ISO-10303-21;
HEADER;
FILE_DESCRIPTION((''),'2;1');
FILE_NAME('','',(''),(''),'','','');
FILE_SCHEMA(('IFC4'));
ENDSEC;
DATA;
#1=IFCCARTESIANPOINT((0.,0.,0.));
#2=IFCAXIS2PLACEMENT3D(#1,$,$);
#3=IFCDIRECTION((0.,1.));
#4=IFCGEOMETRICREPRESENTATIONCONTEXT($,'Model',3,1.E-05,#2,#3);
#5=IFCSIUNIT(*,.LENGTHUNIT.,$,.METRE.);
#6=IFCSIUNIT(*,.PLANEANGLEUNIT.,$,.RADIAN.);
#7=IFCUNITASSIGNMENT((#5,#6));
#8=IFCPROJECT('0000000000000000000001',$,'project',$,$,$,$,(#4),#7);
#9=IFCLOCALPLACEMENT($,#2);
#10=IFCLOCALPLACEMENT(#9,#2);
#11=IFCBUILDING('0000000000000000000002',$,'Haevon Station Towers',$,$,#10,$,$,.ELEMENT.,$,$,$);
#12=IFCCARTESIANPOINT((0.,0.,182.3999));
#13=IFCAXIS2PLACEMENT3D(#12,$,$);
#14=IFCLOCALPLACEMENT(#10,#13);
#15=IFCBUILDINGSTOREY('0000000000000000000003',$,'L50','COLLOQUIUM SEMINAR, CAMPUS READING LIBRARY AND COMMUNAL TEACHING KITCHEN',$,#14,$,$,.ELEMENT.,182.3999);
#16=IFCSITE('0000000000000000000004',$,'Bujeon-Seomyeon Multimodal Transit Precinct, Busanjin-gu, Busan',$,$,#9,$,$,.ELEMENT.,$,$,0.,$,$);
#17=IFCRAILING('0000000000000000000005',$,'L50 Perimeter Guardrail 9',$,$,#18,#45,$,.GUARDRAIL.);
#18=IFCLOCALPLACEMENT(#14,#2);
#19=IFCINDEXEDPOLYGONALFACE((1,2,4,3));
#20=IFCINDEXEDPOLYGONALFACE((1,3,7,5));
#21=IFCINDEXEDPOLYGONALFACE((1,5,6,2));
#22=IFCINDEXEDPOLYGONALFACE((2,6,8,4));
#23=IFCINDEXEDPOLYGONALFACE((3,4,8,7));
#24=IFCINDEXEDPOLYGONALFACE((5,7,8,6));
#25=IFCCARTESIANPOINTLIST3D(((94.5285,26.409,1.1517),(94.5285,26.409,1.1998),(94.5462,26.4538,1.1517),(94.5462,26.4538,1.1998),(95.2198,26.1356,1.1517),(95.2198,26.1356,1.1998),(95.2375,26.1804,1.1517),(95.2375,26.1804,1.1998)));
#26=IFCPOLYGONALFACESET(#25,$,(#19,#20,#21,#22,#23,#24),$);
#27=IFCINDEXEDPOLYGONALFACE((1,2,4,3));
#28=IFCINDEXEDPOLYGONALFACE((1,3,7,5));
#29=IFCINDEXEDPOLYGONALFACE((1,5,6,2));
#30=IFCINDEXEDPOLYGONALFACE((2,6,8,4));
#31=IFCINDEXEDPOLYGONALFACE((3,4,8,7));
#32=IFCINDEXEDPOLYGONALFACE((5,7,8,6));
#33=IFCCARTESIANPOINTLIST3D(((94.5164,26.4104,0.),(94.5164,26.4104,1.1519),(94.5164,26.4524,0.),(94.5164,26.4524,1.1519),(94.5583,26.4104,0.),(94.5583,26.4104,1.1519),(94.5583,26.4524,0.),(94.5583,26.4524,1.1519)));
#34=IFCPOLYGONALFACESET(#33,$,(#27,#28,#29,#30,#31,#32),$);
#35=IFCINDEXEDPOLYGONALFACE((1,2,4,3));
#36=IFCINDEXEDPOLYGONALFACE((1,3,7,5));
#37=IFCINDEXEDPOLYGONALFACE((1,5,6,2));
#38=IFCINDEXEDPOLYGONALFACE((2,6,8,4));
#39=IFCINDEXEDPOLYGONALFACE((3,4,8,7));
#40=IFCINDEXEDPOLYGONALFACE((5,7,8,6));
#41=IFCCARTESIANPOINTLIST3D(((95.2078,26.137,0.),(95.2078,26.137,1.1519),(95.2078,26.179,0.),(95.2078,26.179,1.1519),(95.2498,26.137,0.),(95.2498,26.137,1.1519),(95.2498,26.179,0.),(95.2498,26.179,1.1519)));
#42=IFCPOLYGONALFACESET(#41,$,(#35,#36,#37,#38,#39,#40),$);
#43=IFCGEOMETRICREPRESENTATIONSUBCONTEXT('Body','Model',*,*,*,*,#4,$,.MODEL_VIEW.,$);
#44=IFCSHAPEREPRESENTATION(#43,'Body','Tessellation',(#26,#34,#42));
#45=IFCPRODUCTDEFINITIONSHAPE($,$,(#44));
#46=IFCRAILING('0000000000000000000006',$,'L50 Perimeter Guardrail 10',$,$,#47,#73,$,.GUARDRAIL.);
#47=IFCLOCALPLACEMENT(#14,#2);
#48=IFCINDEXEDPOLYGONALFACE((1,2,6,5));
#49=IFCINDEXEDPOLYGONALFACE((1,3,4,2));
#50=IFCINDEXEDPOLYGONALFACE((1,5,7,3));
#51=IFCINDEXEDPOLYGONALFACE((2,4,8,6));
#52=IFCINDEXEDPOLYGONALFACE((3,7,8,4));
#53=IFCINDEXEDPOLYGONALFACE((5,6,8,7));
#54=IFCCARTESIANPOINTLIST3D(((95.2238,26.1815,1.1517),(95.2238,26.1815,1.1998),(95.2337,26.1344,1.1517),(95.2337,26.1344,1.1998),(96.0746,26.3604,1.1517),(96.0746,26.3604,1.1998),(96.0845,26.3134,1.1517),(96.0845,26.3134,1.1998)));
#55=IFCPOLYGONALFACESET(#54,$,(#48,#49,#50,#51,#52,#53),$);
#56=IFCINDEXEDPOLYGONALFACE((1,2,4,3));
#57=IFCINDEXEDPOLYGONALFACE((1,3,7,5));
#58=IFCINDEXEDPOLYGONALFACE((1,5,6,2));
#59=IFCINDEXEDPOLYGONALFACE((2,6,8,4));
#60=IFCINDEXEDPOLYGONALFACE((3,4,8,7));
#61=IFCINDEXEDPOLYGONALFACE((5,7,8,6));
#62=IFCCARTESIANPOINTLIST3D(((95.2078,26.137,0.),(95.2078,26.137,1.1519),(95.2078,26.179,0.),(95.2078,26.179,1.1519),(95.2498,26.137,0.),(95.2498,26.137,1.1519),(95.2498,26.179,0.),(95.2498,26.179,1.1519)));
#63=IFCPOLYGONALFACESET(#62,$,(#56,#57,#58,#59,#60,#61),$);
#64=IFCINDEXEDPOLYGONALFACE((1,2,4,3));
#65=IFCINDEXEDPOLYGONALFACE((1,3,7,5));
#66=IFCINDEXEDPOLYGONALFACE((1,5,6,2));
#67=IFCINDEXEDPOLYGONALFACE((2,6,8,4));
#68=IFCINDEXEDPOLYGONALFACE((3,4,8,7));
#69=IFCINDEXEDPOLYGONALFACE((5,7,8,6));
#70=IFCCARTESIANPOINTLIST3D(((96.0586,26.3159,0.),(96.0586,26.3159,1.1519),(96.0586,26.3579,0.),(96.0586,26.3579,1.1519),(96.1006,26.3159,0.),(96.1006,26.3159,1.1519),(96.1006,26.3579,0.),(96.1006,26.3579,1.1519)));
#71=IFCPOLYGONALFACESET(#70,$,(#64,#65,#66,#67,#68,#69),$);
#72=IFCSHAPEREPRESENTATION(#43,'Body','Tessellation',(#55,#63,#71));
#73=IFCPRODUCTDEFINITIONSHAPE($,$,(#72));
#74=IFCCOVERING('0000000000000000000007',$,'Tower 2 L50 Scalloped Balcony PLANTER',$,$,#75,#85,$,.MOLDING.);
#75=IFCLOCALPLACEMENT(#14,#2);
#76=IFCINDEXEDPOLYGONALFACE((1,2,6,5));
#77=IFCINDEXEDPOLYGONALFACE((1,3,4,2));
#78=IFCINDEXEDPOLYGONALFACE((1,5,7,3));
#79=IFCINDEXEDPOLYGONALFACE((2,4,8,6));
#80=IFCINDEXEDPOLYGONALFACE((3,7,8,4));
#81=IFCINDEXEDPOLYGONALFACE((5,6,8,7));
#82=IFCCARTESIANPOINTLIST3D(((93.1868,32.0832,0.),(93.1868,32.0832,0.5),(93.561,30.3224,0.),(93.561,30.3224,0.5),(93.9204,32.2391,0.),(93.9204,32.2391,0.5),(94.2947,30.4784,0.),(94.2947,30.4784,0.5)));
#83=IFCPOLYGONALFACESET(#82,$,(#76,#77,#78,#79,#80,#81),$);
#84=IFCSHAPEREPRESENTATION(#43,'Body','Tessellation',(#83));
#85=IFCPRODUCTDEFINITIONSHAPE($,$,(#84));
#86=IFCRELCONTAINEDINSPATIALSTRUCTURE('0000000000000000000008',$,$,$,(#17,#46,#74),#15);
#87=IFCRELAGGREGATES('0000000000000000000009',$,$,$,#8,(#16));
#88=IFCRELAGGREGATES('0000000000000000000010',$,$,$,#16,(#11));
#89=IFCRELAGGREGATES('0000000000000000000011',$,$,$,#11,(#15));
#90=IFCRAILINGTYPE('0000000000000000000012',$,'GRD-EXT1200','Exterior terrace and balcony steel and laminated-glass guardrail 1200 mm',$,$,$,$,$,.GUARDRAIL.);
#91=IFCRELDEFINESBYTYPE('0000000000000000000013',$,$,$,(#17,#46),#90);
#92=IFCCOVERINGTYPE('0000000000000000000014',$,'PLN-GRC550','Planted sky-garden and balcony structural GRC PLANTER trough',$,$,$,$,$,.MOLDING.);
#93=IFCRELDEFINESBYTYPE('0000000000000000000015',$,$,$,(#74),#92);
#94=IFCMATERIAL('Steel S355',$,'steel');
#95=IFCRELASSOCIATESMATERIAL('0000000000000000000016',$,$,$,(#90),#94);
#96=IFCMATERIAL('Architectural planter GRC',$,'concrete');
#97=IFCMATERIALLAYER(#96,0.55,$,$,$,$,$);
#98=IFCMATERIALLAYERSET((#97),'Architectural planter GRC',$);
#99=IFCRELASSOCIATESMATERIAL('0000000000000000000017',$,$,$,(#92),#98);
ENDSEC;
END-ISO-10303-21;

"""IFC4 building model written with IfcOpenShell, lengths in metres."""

from ifc_helpers import new_model, si_unit, direction, frame, origin, origin_2d, place, context, subcontext, project, spatial, rectangle, extrude, material, layer, layer_set, type_object, element, save


model = new_model("IFC4")

# Units and contexts
model_context = context("Model", 3, precision=1e-05, world=origin(), true_north=direction((0.0, 1.0)))
body_context = subcontext(model_context, "Body", "Model", "MODEL_VIEW")
ifc_project = project(units=[si_unit("LENGTHUNIT", "METRE"), si_unit("PLANEANGLEUNIT", "RADIAN")], contexts=[model_context])

# Site, building, storey
site_placement = place(None, origin())
site = spatial("IfcSite", under=ifc_project, at=site_placement, Name="Bujeon-Seomyeon Multimodal Transit Precinct, Busanjin-gu, Busan", CompositionType="ELEMENT", RefElevation=0.0)
building_placement = place(site_placement, origin())
building = spatial("IfcBuilding", under=site, at=building_placement, Name="Haevon Station Towers", CompositionType="ELEMENT")
storey_placement = place(building_placement, frame((0.0, 0.0, 182.3999)))
storey = spatial("IfcBuildingStorey", under=building, at=storey_placement, Name="L50", Description="COLLOQUIUM SEMINAR, CAMPUS READING LIBRARY AND COMMUNAL TEACHING KITCHEN", CompositionType="ELEMENT", Elevation=182.3999)

# Shared definitions
ifc_material_1 = material(Name="Steel S355", Category="steel")

# Railings
railing_type = type_object("IfcRailingType", Name="GRD-EXT1200", Description="Exterior terrace and balcony steel and laminated-glass guardrail 1200 mm", PredefinedType="GUARDRAIL", material=ifc_material_1)
railing_1_placement = place(storey_placement, frame((94.5374, 26.4314, 0.0)))
element("IfcRailing", 1, at=railing_1_placement, inside=storey, type_object=railing_type, Name="L50 Perimeter Guardrail 9", PredefinedType="GUARDRAIL", context=body_context, shape_type="SweptSolid", body=[
    extrude(rectangle(XDim=0.0481, YDim=0.0481, at=origin_2d()), frame((0.0, 0.0, 1.1758), z_axis=(0.929919, -0.367765, 0.0), x_axis=(0.367765, 0.929919, 0.0)), (0.0, 0.0, 1.0), 0.7434),
    extrude(rectangle(XDim=0.042, YDim=0.042, at=origin_2d()), origin(), (0.0, 0.0, 1.0), 1.1519),
    extrude(rectangle(XDim=0.042, YDim=0.042, at=origin_2d()), frame((0.6914, -0.2734, 0.0)), (0.0, 0.0, 1.0), 1.1519),
])
railing_2_placement = place(storey_placement, frame((95.2288, 26.158, 0.0)))
element("IfcRailing", 2, at=railing_2_placement, inside=storey, type_object=railing_type, Name="L50 Perimeter Guardrail 10", PredefinedType="GUARDRAIL", context=body_context, shape_type="SweptSolid", body=[
    extrude(rectangle(XDim=0.0481, YDim=0.0481, at=origin_2d()), frame((0.0, 0.0, 1.1758), z_axis=(0.978588, 0.205827, 0.0), x_axis=(-0.205827, 0.978588, 0.0)), (0.0, 0.0, 1.0), 0.8694),
    extrude(rectangle(XDim=0.042, YDim=0.042, at=origin_2d()), origin(), (0.0, 0.0, 1.0), 1.1519),
    extrude(rectangle(XDim=0.042, YDim=0.042, at=origin_2d()), frame((0.8508, 0.179, 0.0)), (0.0, 0.0, 1.0), 1.1519),
])

# Covering
ifc_material_2 = material(Name="Architectural planter GRC", Category="concrete")
ifc_layer_1 = layer(ifc_material_2, 0.55)
ifc_layer_set_1 = layer_set([ifc_layer_1], Name="Architectural planter GRC")
covering_type = type_object("IfcCoveringType", Name="PLN-GRC550", Description="Planted sky-garden and balcony structural GRC PLANTER trough", PredefinedType="MOLDING", material=ifc_layer_set_1)
covering_placement = place(storey_placement, frame((93.7407, 31.2808, 0.0), z_axis=(0.0, 0.0, 1.0), x_axis=(0.978148, 0.207912, 0.0)))
element("IfcCovering", 3, at=covering_placement, inside=storey, type_object=covering_type, Name="Tower 2 L50 Scalloped Balcony PLANTER", PredefinedType="MOLDING", context=body_context, shape_type="SweptSolid", body=[
    extrude(rectangle(XDim=0.75, YDim=1.8, at=origin_2d()), origin(), (0.0, 0.0, 1.0), 0.5),
])

save(model, "model.ifc")
